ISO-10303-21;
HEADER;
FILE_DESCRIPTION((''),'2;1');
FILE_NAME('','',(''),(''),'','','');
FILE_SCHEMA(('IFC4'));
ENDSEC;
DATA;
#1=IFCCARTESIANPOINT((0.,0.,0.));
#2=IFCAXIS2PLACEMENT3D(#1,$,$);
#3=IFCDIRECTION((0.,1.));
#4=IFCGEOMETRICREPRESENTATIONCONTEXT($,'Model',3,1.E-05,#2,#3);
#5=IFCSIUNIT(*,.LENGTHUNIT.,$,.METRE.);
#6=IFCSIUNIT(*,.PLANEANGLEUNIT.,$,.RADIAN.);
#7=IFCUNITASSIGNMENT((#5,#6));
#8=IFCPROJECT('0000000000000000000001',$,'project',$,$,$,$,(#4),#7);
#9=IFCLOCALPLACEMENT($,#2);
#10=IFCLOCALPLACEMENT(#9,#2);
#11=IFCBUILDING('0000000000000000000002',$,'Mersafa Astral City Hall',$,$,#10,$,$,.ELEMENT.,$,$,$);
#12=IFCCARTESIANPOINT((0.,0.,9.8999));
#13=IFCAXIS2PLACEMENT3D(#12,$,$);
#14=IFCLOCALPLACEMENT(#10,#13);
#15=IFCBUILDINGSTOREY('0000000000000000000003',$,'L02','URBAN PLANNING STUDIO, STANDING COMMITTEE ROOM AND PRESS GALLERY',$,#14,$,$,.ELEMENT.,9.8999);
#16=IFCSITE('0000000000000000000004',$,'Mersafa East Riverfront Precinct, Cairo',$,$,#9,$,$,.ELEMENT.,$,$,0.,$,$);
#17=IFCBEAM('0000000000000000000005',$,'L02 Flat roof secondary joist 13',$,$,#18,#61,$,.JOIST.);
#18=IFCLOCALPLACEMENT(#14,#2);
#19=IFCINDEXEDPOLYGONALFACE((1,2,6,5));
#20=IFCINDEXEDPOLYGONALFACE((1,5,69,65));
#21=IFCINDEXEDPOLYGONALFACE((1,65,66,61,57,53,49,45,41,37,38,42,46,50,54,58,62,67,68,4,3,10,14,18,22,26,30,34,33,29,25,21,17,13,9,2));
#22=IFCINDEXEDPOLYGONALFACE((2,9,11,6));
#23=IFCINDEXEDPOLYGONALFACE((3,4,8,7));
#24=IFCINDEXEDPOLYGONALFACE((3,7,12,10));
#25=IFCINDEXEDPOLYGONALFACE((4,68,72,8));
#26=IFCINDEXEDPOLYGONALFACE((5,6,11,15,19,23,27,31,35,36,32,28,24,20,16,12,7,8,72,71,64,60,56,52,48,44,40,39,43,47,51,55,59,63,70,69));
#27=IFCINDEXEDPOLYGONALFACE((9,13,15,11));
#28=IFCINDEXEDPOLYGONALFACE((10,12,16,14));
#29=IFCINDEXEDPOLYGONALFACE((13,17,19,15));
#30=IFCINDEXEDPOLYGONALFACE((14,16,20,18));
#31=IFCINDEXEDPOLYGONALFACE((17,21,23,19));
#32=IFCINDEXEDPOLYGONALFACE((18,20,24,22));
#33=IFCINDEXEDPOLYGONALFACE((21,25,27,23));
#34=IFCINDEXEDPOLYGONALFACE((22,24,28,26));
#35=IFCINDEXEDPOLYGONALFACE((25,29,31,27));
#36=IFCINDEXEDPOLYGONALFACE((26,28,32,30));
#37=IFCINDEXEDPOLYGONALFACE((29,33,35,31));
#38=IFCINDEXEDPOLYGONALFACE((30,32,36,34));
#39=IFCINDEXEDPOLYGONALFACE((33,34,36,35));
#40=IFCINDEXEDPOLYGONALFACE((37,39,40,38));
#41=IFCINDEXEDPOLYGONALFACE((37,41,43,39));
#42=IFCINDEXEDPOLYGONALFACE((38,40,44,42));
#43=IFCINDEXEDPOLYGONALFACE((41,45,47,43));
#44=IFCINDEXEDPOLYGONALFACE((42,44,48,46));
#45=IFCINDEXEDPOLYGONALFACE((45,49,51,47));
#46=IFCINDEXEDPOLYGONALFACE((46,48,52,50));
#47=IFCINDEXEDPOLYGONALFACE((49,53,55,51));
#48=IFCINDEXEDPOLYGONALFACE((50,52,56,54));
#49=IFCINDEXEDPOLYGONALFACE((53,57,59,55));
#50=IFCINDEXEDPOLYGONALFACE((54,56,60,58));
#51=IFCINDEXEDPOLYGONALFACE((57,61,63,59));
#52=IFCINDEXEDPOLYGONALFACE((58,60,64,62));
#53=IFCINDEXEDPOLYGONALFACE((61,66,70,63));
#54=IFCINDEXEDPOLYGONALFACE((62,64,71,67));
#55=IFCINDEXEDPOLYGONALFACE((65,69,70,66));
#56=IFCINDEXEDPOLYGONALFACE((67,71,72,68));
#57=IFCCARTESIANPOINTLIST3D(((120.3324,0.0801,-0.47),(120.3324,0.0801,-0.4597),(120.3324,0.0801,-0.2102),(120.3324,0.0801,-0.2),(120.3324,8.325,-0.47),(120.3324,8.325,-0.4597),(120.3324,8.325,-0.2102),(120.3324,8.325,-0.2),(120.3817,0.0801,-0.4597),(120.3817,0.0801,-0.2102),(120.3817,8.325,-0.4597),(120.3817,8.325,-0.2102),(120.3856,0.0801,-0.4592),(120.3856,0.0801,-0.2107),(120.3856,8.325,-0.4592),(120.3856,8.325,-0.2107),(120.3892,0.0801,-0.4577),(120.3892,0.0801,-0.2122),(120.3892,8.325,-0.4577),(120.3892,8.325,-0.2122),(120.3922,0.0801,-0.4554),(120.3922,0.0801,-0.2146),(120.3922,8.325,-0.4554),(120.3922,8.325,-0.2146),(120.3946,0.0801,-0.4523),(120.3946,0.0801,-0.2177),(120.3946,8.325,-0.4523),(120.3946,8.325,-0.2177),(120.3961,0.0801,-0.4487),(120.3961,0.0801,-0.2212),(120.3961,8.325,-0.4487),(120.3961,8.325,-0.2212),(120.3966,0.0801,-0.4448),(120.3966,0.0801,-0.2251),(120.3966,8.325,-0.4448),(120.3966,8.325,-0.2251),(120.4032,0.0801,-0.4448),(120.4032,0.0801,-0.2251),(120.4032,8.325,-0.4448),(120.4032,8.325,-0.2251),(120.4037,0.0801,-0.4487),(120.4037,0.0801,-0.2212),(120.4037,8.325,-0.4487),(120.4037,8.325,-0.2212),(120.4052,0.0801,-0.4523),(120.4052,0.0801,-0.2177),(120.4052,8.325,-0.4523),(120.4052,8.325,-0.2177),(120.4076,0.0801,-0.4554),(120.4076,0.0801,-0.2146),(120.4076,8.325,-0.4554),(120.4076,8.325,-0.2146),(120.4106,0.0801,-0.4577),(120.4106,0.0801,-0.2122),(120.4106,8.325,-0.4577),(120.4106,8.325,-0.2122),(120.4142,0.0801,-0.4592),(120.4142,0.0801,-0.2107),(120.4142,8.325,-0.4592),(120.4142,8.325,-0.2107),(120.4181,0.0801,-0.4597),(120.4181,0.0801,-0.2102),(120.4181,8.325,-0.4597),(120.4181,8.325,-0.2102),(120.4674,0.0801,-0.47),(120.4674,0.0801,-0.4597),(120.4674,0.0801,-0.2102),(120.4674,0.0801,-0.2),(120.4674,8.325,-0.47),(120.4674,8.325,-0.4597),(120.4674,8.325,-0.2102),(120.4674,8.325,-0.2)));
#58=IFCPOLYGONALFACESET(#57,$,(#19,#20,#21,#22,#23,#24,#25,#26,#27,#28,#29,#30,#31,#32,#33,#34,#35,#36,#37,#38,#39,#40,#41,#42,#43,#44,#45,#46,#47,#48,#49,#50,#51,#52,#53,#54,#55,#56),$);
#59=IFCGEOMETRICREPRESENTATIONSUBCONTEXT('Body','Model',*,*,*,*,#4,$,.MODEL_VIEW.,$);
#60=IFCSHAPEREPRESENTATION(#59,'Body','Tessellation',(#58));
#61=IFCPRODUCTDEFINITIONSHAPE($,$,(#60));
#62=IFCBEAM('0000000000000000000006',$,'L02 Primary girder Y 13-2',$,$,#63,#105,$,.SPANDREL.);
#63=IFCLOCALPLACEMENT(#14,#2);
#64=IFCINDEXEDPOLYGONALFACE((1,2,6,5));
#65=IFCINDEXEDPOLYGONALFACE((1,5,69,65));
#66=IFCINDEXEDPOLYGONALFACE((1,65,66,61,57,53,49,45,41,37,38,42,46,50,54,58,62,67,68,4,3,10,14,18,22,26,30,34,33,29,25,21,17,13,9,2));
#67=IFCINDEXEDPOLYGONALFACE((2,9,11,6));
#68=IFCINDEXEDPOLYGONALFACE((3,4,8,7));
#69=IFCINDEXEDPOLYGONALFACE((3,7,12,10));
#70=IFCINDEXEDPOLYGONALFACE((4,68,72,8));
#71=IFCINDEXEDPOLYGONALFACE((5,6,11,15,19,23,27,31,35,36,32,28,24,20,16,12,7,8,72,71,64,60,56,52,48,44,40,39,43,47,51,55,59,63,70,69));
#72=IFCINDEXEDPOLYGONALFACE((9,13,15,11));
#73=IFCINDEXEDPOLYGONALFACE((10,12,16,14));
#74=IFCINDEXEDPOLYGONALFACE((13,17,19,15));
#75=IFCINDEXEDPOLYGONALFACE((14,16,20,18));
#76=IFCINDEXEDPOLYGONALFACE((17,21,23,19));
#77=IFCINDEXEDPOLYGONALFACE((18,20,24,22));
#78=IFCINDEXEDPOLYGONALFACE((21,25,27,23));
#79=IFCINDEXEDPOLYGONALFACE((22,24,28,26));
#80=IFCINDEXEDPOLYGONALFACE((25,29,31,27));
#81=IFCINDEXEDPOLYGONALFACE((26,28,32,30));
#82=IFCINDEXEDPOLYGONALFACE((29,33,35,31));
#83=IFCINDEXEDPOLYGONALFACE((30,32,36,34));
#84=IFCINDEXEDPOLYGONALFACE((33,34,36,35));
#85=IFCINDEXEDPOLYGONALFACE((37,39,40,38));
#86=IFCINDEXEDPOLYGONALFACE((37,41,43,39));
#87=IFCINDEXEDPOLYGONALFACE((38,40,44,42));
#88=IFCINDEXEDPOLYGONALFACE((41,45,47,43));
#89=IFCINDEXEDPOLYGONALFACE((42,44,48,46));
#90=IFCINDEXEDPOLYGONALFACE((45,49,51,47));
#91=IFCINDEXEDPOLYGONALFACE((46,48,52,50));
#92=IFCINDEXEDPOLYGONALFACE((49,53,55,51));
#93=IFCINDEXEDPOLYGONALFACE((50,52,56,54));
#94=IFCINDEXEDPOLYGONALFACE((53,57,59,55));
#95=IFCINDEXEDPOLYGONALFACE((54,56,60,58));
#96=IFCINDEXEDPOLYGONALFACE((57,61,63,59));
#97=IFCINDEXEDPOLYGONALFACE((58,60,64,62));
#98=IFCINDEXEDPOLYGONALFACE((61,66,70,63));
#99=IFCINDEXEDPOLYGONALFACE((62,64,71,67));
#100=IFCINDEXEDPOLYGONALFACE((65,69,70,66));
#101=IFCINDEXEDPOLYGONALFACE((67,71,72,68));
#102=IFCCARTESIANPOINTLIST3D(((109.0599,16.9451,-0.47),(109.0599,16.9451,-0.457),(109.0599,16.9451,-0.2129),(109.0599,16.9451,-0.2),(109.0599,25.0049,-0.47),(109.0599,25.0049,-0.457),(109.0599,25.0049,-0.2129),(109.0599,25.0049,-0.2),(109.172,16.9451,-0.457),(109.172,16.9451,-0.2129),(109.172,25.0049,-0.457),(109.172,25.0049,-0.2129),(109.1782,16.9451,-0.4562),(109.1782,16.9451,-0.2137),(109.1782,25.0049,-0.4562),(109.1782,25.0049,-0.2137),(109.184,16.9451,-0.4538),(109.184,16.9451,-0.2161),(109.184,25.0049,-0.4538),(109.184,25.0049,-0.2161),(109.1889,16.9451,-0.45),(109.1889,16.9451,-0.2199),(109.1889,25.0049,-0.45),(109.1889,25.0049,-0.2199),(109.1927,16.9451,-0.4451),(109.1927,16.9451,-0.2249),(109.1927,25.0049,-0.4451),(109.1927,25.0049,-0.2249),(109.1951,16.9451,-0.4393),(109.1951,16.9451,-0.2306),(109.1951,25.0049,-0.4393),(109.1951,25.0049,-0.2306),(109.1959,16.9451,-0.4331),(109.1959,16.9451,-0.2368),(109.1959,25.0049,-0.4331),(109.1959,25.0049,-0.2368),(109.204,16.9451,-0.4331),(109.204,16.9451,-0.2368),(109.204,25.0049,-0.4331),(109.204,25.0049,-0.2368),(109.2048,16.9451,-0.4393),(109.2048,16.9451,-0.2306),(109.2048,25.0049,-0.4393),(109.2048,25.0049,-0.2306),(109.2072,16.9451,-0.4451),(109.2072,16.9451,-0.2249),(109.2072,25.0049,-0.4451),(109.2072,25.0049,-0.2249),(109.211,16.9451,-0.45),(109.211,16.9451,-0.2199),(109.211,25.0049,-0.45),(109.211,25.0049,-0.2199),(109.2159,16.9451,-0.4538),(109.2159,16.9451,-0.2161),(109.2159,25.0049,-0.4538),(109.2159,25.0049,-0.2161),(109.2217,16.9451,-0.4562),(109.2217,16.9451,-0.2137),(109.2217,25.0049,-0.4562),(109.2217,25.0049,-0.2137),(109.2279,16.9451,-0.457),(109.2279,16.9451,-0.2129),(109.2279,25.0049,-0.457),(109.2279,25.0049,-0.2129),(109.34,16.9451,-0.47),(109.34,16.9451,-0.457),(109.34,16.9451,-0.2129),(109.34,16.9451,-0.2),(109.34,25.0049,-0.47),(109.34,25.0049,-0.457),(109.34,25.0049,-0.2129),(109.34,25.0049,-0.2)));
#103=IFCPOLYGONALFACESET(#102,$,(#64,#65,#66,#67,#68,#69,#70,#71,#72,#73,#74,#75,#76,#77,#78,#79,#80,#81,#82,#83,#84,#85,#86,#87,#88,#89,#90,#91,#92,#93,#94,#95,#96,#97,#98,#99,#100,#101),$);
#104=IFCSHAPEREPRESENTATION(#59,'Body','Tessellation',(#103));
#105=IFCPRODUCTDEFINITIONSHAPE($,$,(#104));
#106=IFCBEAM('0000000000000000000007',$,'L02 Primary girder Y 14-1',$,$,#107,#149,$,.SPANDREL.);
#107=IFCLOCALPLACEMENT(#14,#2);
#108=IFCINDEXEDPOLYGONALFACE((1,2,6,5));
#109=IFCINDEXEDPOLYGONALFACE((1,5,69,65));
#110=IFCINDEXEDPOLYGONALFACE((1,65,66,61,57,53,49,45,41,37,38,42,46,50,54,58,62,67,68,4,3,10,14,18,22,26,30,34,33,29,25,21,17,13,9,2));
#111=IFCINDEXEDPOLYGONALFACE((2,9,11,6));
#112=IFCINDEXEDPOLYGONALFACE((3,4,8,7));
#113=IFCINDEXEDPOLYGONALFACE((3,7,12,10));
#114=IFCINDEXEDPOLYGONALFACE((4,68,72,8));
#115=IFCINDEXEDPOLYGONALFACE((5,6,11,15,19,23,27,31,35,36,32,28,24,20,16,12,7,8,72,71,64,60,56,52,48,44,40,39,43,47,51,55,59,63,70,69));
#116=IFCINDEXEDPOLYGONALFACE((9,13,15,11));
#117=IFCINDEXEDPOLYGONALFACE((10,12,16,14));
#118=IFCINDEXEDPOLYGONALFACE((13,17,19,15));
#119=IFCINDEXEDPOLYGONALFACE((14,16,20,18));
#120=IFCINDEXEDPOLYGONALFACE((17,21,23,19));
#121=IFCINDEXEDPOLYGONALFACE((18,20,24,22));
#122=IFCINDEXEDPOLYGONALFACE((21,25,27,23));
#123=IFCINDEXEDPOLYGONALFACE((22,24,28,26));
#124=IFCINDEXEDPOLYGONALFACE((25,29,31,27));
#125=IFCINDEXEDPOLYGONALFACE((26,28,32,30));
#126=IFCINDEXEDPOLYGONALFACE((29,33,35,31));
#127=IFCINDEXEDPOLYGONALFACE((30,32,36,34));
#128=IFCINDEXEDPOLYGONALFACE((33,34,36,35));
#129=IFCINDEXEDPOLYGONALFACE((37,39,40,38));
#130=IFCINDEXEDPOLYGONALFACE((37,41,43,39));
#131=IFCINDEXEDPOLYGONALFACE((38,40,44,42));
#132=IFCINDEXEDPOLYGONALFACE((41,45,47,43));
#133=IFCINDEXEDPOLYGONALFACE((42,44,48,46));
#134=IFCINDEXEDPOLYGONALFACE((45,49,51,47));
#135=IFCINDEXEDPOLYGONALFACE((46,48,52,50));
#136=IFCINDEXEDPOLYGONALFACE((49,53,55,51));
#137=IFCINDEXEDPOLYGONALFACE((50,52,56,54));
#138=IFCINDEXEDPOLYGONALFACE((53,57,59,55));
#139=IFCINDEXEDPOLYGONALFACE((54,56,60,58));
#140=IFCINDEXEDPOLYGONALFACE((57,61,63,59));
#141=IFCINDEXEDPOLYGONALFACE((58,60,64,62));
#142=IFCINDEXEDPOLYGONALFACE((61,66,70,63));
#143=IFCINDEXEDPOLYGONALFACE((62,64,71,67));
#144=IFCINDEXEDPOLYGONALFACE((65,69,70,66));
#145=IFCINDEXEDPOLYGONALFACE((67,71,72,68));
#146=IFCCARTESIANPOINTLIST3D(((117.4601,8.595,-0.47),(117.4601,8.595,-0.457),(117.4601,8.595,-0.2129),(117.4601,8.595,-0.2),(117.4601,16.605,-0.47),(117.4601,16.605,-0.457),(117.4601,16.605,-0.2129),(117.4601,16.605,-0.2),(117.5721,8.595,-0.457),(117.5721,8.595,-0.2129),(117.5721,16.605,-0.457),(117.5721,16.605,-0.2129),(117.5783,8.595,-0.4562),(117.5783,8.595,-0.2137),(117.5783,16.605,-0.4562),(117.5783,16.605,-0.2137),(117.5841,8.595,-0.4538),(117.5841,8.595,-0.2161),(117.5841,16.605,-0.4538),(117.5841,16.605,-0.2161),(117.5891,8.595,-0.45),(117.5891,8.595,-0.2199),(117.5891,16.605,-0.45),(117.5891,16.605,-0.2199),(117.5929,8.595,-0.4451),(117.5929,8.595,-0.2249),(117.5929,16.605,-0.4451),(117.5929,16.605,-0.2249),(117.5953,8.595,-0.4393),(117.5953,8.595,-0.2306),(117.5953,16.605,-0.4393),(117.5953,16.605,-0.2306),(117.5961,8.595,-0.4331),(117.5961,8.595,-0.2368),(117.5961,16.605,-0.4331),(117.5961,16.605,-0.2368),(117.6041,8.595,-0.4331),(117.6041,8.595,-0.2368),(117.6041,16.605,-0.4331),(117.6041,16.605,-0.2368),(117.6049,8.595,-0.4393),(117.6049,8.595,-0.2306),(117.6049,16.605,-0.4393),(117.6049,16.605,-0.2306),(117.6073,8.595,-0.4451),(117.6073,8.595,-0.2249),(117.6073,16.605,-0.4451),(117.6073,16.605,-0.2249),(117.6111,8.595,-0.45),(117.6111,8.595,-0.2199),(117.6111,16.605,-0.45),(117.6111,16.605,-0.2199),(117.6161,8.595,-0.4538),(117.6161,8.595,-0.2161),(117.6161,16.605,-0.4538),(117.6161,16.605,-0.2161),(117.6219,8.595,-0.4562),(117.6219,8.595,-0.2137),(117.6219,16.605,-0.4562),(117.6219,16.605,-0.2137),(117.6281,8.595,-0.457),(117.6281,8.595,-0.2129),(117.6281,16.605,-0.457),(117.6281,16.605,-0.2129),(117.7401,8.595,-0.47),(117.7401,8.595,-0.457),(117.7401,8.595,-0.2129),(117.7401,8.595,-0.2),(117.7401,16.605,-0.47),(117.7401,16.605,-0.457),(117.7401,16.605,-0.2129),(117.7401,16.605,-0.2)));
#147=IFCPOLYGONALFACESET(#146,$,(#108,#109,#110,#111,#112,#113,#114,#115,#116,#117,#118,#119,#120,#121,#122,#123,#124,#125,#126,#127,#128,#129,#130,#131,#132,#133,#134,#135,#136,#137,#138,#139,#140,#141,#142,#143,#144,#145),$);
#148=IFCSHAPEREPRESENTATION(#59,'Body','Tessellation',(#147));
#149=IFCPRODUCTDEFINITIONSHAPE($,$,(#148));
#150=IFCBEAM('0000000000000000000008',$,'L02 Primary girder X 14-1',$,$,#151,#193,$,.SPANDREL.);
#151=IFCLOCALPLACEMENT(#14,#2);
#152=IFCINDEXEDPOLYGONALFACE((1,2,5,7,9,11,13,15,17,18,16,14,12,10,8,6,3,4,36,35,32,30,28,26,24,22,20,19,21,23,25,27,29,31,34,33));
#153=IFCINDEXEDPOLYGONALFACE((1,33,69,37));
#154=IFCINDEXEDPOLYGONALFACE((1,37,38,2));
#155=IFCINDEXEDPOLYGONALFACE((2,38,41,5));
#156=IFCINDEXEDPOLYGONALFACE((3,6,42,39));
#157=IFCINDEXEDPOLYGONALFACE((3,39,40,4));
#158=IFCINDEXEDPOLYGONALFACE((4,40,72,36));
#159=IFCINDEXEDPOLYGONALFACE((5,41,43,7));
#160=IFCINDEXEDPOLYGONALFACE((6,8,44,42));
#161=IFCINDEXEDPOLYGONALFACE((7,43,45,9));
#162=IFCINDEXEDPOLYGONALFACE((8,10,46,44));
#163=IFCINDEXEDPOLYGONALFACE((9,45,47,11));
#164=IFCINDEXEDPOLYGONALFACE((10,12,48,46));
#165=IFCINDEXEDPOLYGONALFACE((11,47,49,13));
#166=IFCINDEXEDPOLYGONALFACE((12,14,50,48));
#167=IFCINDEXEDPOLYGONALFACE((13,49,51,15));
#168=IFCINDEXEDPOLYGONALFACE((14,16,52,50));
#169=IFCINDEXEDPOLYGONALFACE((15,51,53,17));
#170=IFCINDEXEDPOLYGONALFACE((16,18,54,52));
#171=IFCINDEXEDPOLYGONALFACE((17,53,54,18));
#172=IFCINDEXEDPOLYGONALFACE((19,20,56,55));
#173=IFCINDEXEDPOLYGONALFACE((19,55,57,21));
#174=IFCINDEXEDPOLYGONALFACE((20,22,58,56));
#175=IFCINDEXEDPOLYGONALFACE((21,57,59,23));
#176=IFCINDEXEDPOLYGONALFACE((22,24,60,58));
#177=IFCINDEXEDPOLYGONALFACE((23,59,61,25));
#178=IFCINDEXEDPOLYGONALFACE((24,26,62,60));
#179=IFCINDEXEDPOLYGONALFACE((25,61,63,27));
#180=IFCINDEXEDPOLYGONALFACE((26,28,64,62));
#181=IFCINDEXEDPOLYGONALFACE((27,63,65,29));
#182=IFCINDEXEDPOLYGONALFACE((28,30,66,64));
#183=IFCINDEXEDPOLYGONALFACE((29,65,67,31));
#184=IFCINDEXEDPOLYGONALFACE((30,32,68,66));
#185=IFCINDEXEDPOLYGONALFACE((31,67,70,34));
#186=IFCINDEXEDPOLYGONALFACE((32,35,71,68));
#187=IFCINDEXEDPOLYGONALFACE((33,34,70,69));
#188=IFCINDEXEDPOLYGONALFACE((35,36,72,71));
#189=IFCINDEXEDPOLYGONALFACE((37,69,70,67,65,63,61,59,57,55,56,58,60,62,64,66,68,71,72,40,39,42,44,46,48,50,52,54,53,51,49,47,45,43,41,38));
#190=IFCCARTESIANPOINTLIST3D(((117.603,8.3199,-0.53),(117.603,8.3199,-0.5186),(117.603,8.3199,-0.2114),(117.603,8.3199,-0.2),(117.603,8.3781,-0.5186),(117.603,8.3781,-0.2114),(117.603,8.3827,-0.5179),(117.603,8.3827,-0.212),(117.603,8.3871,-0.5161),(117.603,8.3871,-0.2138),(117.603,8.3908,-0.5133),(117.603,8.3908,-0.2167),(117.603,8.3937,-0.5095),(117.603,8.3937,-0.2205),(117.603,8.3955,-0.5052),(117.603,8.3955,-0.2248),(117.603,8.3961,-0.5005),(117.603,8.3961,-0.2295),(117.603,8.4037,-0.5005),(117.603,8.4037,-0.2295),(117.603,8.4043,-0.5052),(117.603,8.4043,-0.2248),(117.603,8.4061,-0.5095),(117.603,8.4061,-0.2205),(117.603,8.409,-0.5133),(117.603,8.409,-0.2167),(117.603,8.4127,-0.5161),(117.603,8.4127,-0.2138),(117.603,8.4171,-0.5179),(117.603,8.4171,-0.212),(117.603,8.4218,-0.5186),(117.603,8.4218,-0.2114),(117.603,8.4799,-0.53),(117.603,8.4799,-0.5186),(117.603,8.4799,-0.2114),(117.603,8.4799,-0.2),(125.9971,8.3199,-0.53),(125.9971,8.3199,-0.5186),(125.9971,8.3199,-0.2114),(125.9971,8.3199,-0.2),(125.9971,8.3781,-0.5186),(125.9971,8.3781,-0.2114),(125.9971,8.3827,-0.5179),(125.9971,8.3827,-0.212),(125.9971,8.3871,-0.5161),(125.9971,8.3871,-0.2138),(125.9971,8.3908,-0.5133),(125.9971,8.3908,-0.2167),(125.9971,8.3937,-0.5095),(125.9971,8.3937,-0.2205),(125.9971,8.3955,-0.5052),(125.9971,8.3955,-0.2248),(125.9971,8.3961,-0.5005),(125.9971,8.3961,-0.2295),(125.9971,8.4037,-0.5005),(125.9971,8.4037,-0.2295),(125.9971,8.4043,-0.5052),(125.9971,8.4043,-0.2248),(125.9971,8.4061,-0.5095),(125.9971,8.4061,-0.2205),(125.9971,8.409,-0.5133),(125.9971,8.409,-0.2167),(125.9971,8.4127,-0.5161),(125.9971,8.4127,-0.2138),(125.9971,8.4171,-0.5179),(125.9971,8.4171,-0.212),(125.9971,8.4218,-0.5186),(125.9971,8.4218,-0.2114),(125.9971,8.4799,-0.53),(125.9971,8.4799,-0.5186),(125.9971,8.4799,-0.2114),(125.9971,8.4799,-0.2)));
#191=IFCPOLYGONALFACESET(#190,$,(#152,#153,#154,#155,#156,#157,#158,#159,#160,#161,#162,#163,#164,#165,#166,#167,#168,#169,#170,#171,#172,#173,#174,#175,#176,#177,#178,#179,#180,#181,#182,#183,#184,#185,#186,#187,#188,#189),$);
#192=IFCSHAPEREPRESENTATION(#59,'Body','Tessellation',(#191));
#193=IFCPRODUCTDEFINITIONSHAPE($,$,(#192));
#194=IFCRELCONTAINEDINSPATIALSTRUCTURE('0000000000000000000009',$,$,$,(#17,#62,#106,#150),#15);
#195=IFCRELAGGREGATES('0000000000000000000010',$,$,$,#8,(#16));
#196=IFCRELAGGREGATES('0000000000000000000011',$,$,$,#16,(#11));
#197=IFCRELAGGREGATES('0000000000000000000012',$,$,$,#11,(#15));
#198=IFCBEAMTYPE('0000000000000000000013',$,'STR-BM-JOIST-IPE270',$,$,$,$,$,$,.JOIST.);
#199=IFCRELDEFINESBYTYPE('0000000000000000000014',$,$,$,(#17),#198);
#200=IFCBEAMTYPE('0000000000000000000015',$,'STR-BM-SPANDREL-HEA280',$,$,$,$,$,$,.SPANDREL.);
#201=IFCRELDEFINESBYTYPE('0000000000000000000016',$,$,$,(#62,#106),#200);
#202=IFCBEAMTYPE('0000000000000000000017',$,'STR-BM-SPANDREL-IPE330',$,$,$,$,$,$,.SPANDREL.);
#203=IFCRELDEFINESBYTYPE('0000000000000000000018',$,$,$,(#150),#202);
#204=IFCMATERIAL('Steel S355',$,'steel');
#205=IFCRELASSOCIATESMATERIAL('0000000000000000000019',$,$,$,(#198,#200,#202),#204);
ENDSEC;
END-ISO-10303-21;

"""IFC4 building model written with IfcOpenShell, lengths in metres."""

from ifc_helpers import new_model, si_unit, direction, frame, origin, origin_2d, place, context, subcontext, project, spatial, i_section, extrude, material, material_profile, profile_set, type_object, element, save


model = new_model("IFC4")

# Units and contexts
model_context = context("Model", 3, precision=1e-05, world=origin(), true_north=direction((0.0, 1.0)))
body_context = subcontext(model_context, "Body", "Model", "MODEL_VIEW")
ifc_project = project(units=[si_unit("LENGTHUNIT", "METRE"), si_unit("PLANEANGLEUNIT", "RADIAN")], contexts=[model_context])

# Site, building, storey
site_placement = place(None, origin())
site = spatial("IfcSite", under=ifc_project, at=site_placement, Name="Mersafa East Riverfront Precinct, Cairo", CompositionType="ELEMENT", RefElevation=0.0)
building_placement = place(site_placement, origin())
building = spatial("IfcBuilding", under=site, at=building_placement, Name="Mersafa Astral City Hall", CompositionType="ELEMENT")
storey_placement = place(building_placement, frame((0.0, 0.0, 9.8999)))
storey = spatial("IfcBuildingStorey", under=building, at=storey_placement, Name="L02", Description="URBAN PLANNING STUDIO, STANDING COMMITTEE ROOM AND PRESS GALLERY", CompositionType="ELEMENT", Elevation=9.8999)

# Shared definitions
ifc_material_1 = material(Name="Steel S355", Category="steel")

# Beams
ifc_material_profile_1 = material_profile(ifc_material_1, i_section(OverallWidth=0.135, OverallDepth=0.27, WebThickness=0.0066, FlangeThickness=0.0103, FilletRadius=0.0149, at=origin_2d()), Name="IPE 270")
ifc_profile_set_1 = profile_set([ifc_material_profile_1], Name="Steel S355")
beam_type_1 = type_object("IfcBeamType", Name="STR-BM-JOIST-IPE270", PredefinedType="JOIST", material=ifc_profile_set_1)
beam_1_placement = place(storey_placement, frame((120.3999, 0.0801, -0.335), z_axis=(0.0, 1.0, 0.0), x_axis=(-1.0, 0.0, 0.0)))
element("IfcBeam", 1, at=beam_1_placement, inside=storey, type_object=beam_type_1, Name="L02 Flat roof secondary joist 13", PredefinedType="JOIST", context=body_context, shape_type="SweptSolid", body=[
    extrude(i_section(OverallWidth=0.135, OverallDepth=0.27, WebThickness=0.0066, FlangeThickness=0.0103, FilletRadius=0.0149, at=origin_2d()), origin(), (0.0, 0.0, 1.0), 8.2449),
])
ifc_material_profile_2 = material_profile(ifc_material_1, i_section(OverallWidth=0.28, OverallDepth=0.27, WebThickness=0.0081, FlangeThickness=0.0129, FilletRadius=0.0239, at=origin_2d()), Name="HEA 280")
ifc_profile_set_2 = profile_set([ifc_material_profile_2], Name="Steel S355")
beam_type_2 = type_object("IfcBeamType", Name="STR-BM-SPANDREL-HEA280", PredefinedType="SPANDREL", material=ifc_profile_set_2)
beam_2_placement = place(storey_placement, frame((109.2, 16.9451, -0.335), z_axis=(0.0, 1.0, 0.0), x_axis=(-1.0, 0.0, 0.0)))
element("IfcBeam", 2, at=beam_2_placement, inside=storey, type_object=beam_type_2, Name="L02 Primary girder Y 13-2", PredefinedType="SPANDREL", context=body_context, shape_type="SweptSolid", body=[
    extrude(i_section(OverallWidth=0.28, OverallDepth=0.27, WebThickness=0.0081, FlangeThickness=0.0129, FilletRadius=0.0239, at=origin_2d()), origin(), (0.0, 0.0, 1.0), 8.0598),
])
beam_3_placement = place(storey_placement, frame((117.6001, 8.595, -0.335), z_axis=(0.0, 1.0, 0.0), x_axis=(-1.0, 0.0, 0.0)))
element("IfcBeam", 3, at=beam_3_placement, inside=storey, type_object=beam_type_2, Name="L02 Primary girder Y 14-1", PredefinedType="SPANDREL", context=body_context, shape_type="SweptSolid", body=[
    extrude(i_section(OverallWidth=0.28, OverallDepth=0.27, WebThickness=0.0081, FlangeThickness=0.0129, FilletRadius=0.0239, at=origin_2d()), origin(), (0.0, 0.0, 1.0), 8.01),
])
ifc_material_profile_3 = material_profile(ifc_material_1, i_section(OverallWidth=0.1599, OverallDepth=0.3301, WebThickness=0.0076, FlangeThickness=0.0115, FilletRadius=0.0181, at=origin_2d()), Name="IPE 330")
ifc_profile_set_3 = profile_set([ifc_material_profile_3], Name="Steel S355")
beam_type_3 = type_object("IfcBeamType", Name="STR-BM-SPANDREL-IPE330", PredefinedType="SPANDREL", material=ifc_profile_set_3)
for number, where, z_axis, x_axis, name in (
    (4, (117.603, 8.3999, -0.365), (1.0, 0.0, 0.0), (0.0, 1.0, 0.0), "L02 Primary girder X 14-1"),
):
    element("IfcBeam", number, at=place(storey_placement, frame(where, z_axis=z_axis, x_axis=x_axis)), inside=storey, type_object=beam_type_3, Name=name, PredefinedType="SPANDREL", context=body_context, shape_type="SweptSolid", body=[
        extrude(i_section(OverallWidth=0.1599, OverallDepth=0.3301, WebThickness=0.0076, FlangeThickness=0.0115, FilletRadius=0.0181, at=origin_2d()), origin(), (0.0, 0.0, 1.0), 8.394),
    ])

save(model, "model.ifc")
